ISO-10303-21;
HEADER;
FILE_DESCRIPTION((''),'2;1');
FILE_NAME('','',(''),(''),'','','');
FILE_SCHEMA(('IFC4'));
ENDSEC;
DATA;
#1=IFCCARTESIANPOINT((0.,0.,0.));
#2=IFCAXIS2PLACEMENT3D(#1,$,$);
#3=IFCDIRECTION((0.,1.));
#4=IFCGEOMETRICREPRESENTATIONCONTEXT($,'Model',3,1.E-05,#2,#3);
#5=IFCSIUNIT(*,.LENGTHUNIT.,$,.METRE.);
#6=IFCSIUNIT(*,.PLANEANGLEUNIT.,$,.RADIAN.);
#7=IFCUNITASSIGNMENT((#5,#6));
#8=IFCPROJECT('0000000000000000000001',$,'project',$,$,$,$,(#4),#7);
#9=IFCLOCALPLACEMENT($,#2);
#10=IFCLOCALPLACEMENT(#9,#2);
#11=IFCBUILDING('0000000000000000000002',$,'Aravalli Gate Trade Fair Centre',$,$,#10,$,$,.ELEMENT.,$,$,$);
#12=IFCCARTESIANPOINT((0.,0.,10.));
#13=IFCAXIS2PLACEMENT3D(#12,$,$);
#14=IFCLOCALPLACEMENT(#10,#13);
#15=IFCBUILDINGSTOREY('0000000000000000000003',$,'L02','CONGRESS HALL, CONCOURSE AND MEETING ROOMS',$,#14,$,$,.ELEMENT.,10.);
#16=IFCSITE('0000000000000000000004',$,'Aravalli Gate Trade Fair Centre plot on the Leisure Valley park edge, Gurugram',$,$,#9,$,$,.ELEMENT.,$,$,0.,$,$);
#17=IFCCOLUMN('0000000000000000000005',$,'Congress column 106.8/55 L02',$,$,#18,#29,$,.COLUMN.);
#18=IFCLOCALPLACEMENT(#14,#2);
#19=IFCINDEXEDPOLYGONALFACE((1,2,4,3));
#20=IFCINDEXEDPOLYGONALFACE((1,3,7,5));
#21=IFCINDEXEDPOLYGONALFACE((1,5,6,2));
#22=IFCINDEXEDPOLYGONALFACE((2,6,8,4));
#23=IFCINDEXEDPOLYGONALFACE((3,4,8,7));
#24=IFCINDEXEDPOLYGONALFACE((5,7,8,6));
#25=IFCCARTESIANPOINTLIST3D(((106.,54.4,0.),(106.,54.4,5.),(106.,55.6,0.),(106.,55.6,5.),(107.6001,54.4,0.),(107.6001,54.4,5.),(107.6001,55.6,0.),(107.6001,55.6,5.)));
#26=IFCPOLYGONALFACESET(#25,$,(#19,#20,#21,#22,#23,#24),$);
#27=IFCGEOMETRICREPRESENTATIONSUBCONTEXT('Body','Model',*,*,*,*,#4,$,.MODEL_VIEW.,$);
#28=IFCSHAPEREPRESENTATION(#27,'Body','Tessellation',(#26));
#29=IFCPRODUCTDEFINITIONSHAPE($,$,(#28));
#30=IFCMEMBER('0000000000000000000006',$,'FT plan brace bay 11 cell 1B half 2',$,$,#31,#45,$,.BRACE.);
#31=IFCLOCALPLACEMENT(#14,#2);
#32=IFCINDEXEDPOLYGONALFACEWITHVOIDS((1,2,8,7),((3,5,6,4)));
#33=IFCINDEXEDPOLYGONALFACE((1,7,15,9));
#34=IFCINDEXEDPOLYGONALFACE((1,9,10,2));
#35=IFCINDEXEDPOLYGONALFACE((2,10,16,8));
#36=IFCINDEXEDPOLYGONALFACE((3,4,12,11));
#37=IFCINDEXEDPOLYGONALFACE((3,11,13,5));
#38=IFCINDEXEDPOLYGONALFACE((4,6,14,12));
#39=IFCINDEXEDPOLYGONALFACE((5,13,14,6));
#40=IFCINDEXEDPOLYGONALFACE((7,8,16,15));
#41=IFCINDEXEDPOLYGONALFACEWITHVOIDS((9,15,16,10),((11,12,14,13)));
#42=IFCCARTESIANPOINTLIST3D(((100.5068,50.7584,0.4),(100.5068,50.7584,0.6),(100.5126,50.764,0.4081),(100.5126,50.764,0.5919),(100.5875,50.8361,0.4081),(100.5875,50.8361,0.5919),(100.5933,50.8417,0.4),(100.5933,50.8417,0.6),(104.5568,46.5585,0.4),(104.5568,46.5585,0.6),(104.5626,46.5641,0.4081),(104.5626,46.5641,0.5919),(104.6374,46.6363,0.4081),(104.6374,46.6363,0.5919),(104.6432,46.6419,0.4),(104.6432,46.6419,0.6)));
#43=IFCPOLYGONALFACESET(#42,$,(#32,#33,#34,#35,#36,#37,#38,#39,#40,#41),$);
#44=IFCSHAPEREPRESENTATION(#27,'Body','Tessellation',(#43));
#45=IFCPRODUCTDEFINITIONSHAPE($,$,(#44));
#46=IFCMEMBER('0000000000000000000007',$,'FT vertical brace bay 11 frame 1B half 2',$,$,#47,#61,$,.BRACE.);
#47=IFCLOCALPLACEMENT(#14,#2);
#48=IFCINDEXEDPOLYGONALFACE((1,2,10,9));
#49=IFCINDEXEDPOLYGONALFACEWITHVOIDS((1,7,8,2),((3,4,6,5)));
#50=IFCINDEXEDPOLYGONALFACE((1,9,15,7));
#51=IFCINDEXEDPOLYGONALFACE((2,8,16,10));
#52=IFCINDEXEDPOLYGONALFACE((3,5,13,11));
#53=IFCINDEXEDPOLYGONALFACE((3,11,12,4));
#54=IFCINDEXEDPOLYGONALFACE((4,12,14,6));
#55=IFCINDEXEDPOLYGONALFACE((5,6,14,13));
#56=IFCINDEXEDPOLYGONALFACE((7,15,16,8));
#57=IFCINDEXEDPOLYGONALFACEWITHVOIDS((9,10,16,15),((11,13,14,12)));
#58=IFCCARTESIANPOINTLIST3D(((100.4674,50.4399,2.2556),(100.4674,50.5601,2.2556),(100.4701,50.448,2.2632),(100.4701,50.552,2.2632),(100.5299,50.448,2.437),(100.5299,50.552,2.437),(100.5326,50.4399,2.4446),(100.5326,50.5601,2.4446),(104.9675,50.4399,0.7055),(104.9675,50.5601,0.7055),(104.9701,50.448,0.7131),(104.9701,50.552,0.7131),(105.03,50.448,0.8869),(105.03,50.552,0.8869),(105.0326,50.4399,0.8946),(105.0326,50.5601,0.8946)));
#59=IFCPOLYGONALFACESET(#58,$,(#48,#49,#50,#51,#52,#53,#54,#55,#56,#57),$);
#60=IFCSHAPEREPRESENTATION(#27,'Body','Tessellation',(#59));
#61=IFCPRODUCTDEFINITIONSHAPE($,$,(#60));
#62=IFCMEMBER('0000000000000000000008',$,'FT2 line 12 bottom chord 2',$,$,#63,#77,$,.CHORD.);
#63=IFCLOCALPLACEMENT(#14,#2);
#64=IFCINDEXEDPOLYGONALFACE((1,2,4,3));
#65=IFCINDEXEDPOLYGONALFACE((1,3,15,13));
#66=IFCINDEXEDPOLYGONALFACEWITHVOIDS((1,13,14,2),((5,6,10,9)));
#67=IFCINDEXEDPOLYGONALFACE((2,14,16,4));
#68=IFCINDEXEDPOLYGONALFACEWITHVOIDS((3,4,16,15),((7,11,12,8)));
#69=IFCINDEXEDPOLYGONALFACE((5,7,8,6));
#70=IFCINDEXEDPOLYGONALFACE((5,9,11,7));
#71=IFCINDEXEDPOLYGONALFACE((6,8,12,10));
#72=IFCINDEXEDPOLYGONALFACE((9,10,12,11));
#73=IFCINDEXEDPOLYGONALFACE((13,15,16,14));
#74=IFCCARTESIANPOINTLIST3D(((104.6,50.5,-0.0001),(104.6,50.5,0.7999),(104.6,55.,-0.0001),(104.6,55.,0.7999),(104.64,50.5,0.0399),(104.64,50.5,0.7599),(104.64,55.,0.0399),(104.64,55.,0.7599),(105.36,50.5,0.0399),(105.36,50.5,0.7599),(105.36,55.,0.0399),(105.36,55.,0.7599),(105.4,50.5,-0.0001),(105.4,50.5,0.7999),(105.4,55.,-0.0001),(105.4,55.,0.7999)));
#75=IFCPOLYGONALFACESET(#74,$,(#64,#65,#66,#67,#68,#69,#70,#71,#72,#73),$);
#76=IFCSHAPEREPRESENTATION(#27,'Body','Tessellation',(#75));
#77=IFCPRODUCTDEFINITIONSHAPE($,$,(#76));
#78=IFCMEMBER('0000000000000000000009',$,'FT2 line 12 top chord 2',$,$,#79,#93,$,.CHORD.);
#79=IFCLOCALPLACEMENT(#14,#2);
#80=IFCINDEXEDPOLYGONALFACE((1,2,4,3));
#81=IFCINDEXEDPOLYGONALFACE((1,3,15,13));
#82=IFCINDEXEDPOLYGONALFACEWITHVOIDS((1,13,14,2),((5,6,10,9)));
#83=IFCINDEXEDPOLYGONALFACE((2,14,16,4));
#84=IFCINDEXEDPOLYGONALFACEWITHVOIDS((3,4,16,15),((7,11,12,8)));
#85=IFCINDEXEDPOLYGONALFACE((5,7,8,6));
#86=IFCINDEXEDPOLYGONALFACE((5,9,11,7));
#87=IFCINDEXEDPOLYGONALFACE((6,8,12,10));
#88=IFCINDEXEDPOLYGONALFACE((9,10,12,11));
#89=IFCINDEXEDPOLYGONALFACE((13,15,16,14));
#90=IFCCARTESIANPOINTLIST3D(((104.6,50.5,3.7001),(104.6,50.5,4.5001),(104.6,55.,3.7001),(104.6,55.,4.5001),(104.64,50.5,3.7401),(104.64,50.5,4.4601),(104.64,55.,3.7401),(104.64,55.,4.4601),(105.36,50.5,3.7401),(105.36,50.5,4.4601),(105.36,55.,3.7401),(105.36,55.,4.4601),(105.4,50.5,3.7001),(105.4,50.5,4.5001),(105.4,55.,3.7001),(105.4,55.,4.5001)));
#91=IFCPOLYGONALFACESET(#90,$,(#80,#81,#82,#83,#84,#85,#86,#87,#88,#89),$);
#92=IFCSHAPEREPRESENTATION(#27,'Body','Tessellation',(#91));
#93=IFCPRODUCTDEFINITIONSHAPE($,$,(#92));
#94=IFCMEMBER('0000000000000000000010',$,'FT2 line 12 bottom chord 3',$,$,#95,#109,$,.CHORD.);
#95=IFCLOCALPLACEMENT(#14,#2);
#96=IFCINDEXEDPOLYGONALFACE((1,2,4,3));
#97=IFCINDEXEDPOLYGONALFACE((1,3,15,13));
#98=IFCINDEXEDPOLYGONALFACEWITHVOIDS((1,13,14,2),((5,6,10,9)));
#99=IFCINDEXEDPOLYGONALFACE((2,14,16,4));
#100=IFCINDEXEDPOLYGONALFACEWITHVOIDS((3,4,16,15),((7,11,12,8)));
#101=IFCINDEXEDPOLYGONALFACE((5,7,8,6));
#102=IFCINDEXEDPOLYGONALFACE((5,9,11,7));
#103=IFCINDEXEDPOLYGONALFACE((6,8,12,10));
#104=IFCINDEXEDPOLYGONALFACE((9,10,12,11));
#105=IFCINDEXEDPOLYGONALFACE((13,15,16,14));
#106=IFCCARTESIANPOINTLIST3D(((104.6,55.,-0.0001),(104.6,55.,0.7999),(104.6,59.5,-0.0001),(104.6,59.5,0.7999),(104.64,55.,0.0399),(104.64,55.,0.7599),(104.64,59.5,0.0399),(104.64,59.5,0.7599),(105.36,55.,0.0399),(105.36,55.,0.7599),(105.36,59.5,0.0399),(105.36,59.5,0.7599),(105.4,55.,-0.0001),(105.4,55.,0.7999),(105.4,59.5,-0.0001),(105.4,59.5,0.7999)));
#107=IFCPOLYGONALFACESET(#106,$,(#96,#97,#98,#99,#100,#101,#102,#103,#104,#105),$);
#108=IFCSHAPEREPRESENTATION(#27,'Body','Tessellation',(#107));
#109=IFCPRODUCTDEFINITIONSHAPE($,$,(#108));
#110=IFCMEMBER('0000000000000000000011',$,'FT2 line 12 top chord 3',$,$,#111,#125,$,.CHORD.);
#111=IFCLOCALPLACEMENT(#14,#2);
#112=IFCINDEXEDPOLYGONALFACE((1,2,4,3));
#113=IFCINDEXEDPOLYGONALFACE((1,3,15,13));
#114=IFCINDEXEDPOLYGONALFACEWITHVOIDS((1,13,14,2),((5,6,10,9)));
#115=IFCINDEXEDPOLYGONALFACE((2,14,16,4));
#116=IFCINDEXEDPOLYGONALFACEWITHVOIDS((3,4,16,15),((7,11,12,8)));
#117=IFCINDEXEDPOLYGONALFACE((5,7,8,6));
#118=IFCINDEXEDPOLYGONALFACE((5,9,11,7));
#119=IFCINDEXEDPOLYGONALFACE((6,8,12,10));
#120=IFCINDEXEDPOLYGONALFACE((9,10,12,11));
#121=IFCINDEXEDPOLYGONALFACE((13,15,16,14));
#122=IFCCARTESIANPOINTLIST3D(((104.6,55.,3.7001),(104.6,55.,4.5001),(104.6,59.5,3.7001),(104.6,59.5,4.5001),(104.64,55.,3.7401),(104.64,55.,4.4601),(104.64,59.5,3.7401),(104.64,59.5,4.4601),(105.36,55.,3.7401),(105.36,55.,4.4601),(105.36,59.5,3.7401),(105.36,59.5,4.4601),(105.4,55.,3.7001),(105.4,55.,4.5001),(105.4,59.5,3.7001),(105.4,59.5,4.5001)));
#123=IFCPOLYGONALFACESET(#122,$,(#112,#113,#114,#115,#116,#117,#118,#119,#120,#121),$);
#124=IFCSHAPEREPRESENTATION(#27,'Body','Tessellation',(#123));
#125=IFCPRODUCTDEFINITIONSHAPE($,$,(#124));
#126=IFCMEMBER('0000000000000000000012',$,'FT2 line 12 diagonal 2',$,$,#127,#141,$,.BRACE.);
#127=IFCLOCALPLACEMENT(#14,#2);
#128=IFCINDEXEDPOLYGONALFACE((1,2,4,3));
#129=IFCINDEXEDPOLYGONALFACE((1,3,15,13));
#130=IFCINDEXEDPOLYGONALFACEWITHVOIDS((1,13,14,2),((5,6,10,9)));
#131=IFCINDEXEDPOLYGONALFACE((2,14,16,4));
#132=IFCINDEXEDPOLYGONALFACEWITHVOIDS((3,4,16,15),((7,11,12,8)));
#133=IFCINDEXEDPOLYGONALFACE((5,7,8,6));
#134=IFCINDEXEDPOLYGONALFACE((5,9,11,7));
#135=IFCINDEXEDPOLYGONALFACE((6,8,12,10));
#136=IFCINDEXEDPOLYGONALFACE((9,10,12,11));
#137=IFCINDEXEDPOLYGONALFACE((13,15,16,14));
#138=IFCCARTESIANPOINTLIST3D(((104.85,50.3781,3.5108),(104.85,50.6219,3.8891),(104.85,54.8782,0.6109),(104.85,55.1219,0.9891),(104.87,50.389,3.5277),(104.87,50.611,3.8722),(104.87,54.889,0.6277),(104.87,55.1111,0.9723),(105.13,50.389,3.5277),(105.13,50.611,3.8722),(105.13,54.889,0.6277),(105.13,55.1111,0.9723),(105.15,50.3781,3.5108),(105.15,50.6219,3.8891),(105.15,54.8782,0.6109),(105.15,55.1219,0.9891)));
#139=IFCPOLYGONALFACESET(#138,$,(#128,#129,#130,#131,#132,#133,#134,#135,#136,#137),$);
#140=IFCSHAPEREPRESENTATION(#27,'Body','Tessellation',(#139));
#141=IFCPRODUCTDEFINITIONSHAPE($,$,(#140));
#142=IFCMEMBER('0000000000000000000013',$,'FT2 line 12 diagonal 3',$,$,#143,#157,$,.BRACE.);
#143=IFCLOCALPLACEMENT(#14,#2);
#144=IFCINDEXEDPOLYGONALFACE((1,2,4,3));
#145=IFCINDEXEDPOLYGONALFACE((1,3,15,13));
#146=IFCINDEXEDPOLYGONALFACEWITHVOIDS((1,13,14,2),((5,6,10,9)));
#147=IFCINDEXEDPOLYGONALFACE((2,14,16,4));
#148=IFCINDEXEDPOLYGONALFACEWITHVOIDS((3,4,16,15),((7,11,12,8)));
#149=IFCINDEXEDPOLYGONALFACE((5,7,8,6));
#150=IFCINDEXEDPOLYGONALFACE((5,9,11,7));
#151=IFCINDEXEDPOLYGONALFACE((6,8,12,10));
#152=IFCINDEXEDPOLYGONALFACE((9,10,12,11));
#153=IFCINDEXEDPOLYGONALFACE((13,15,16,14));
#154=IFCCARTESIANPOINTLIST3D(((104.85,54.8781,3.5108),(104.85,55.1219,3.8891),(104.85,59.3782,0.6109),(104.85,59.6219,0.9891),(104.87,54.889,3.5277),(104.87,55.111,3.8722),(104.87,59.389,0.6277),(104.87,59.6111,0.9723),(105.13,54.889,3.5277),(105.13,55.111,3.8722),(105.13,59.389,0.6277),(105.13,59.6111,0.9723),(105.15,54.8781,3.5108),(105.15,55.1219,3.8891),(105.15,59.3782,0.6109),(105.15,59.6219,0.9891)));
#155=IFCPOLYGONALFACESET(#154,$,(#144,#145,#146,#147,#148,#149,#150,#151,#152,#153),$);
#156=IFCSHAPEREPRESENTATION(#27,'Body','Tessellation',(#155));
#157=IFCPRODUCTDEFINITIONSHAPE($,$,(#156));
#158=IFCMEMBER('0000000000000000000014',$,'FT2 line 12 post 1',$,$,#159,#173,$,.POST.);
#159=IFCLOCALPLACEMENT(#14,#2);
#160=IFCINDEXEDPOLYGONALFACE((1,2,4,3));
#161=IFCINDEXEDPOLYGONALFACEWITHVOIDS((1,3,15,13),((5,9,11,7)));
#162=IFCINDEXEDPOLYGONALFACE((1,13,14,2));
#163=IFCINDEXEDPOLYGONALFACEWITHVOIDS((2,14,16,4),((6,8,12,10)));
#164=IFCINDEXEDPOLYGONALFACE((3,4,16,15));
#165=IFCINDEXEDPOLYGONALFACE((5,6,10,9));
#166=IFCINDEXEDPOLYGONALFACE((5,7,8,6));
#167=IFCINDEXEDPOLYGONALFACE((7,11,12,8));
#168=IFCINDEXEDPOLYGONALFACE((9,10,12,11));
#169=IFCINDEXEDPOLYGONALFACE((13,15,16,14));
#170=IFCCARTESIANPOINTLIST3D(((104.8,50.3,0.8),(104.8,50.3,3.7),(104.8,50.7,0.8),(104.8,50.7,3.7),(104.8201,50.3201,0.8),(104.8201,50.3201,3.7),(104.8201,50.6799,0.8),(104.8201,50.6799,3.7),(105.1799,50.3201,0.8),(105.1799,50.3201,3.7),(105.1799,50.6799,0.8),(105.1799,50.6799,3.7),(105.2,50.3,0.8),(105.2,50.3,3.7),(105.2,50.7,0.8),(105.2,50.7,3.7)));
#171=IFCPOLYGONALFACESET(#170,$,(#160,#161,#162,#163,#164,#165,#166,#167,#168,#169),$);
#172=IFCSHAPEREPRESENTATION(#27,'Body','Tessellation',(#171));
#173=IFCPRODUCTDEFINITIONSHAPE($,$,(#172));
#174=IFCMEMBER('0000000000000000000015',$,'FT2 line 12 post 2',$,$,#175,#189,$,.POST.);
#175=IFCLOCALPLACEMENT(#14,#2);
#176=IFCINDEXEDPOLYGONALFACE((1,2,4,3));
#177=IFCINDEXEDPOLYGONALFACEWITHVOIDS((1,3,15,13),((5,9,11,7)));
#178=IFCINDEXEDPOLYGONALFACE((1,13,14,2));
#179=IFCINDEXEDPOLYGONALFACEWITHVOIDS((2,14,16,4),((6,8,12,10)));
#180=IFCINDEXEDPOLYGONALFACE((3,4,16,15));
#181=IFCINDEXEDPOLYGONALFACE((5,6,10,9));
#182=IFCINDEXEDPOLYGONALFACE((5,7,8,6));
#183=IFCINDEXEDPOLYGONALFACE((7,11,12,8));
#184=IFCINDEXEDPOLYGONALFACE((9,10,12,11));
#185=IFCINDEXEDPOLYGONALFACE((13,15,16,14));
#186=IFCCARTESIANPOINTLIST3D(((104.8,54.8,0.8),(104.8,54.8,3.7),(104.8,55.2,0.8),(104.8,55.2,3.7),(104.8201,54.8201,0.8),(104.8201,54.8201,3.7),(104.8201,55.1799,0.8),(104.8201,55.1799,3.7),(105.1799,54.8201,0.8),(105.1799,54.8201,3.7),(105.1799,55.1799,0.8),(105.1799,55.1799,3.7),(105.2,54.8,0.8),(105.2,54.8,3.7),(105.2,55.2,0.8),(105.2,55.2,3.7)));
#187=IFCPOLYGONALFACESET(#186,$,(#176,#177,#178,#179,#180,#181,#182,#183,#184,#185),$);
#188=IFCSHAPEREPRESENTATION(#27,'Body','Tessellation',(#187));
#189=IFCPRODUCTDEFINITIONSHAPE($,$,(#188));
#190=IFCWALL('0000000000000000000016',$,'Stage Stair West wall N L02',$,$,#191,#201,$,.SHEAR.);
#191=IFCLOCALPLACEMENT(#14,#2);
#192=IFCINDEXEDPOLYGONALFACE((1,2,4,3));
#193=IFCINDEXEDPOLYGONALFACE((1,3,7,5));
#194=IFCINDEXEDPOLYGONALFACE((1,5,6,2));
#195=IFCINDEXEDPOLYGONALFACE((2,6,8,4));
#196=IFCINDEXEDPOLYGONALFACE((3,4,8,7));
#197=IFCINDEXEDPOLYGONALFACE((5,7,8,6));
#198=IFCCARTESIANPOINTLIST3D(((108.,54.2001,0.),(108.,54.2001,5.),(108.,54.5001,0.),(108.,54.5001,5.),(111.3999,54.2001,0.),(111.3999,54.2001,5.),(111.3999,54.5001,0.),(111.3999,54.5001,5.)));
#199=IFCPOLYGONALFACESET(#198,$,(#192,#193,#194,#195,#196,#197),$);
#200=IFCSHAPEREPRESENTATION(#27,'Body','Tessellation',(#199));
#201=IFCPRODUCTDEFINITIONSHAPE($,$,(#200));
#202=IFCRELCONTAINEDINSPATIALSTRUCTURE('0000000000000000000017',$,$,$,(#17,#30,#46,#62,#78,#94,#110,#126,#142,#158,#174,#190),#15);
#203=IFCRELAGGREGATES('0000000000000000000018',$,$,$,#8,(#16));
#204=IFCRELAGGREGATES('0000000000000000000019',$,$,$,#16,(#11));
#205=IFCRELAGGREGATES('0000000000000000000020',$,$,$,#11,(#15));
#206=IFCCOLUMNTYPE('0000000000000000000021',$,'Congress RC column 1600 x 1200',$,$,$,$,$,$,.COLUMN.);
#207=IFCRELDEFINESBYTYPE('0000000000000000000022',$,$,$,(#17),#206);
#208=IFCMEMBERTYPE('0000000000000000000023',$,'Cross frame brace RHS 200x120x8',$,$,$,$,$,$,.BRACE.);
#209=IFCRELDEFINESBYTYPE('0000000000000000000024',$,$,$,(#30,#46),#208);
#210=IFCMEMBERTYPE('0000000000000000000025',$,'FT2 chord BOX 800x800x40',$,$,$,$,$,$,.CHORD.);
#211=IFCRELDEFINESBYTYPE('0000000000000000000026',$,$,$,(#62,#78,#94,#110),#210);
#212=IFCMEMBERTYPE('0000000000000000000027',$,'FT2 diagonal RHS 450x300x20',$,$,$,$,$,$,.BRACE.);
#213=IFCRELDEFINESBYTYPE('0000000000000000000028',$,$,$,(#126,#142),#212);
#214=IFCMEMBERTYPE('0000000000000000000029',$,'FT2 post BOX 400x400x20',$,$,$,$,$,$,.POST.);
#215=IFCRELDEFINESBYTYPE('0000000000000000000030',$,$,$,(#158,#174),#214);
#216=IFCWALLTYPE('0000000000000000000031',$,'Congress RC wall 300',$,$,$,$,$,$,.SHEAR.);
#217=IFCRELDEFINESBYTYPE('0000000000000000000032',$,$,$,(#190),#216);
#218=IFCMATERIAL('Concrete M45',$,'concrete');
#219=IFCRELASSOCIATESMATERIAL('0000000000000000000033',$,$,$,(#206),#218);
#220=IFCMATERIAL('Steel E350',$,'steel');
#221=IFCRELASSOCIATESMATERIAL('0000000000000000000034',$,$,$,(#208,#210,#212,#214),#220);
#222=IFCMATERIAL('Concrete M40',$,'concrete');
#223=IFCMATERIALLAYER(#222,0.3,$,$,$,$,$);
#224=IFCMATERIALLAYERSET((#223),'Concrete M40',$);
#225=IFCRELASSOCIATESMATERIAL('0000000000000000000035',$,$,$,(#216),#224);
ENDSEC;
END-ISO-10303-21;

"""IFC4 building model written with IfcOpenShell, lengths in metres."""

from ifc_helpers import new_model, si_unit, direction, frame, frame_2d, origin, origin_2d, place, context, subcontext, project, spatial, rectangle, hollow_rectangle, extrude, material, layer, layer_set, material_profile, profile_set, type_object, element, save


model = new_model("IFC4")

# Units and contexts
model_context = context("Model", 3, precision=1e-05, world=origin(), true_north=direction((0.0, 1.0)))
body_context = subcontext(model_context, "Body", "Model", "MODEL_VIEW")
ifc_project = project(units=[si_unit("LENGTHUNIT", "METRE"), si_unit("PLANEANGLEUNIT", "RADIAN")], contexts=[model_context])

# Site, building, storey
site_placement = place(None, origin())
site = spatial("IfcSite", under=ifc_project, at=site_placement, Name="Aravalli Gate Trade Fair Centre plot on the Leisure Valley park edge, Gurugram", CompositionType="ELEMENT", RefElevation=0.0)
building_placement = place(site_placement, origin())
building = spatial("IfcBuilding", under=site, at=building_placement, Name="Aravalli Gate Trade Fair Centre", CompositionType="ELEMENT")
storey_placement = place(building_placement, frame((0.0, 0.0, 10.0)))
storey = spatial("IfcBuildingStorey", under=building, at=storey_placement, Name="L02", Description="CONGRESS HALL, CONCOURSE AND MEETING ROOMS", CompositionType="ELEMENT", Elevation=10.0)

# Column
ifc_material_1 = material(Name="Concrete M45", Category="concrete")
ifc_material_profile_1 = material_profile(ifc_material_1, rectangle(XDim=1.6001, YDim=1.2, at=origin_2d()), Name="RC 1600x1200")
ifc_profile_set_1 = profile_set([ifc_material_profile_1], Name="Concrete M45")
column_type = type_object("IfcColumnType", Name="Congress RC column 1600 x 1200", PredefinedType="COLUMN", material=ifc_profile_set_1)
column_placement = place(storey_placement, frame((106.8, 55.0, 0.0), z_axis=(0.0, 0.0, 1.0), x_axis=(1.0, 0.0, 0.0)))
element("IfcColumn", 1, at=column_placement, inside=storey, type_object=column_type, Name="Congress column 106.8/55 L02", PredefinedType="COLUMN", context=body_context, shape_type="SweptSolid", body=[
    extrude(rectangle(XDim=1.6001, YDim=1.2, at=origin_2d()), origin(), (0.0, 0.0, 1.0), 5.0),
])

# Members
ifc_material_2 = material(Name="Steel E350", Category="steel")
ifc_material_profile_2 = material_profile(ifc_material_2, hollow_rectangle(XDim=0.1201, YDim=0.2, WallThickness=0.0081, at=origin_2d()), Name="RHS 200x120x8")
ifc_profile_set_2 = profile_set([ifc_material_profile_2], Name="Steel E350")
member_type_1 = type_object("IfcMemberType", Name="Cross frame brace RHS 200x120x8", PredefinedType="BRACE", material=ifc_profile_set_2)
member_1_placement = place(storey_placement, frame((100.55, 50.8, 0.5), z_axis=(0.694144, -0.719836, 0.0), x_axis=(0.719836, 0.694144, 0.0)))
element("IfcMember", 2, at=member_1_placement, inside=storey, type_object=member_type_1, Name="FT plan brace bay 11 cell 1B half 2", PredefinedType="BRACE", context=body_context, shape_type="SweptSolid", body=[
    extrude(hollow_rectangle(XDim=0.1201, YDim=0.2, WallThickness=0.0081, at=origin_2d()), origin(), (0.0, 0.0, 1.0), 5.8345),
])
member_2_placement = place(storey_placement, frame((100.5, 50.5, 2.3501), z_axis=(0.945481, 0.0, -0.325676), x_axis=(0.0, 1.0, 0.0)))
element("IfcMember", 3, at=member_2_placement, inside=storey, type_object=member_type_1, Name="FT vertical brace bay 11 frame 1B half 2", PredefinedType="BRACE", context=body_context, shape_type="SweptSolid", body=[
    extrude(hollow_rectangle(XDim=0.1201, YDim=0.2, WallThickness=0.0081, at=origin_2d()), origin(), (0.0, 0.0, 1.0), 4.7595),
])
ifc_material_profile_3 = material_profile(ifc_material_2, hollow_rectangle(XDim=0.8, YDim=0.8, WallThickness=0.04, at=origin_2d()), Name="BOX 800x800x40")
ifc_profile_set_3 = profile_set([ifc_material_profile_3], Name="Steel E350")
member_type_2 = type_object("IfcMemberType", Name="FT2 chord BOX 800x800x40", PredefinedType="CHORD", material=ifc_profile_set_3)
for number, where, z_axis, x_axis, name in (
    (4, (105.0, 50.5, 0.3999), (0.0, 1.0, 0.0), (-1.0, 0.0, 0.0), "FT2 line 12 bottom chord 2"),
    (5, (105.0, 50.5, 4.1001), (0.0, 1.0, 0.0), (-1.0, 0.0, 0.0), "FT2 line 12 top chord 2"),
    (6, (105.0, 55.0, 0.3999), (0.0, 1.0, 0.0), (-1.0, 0.0, 0.0), "FT2 line 12 bottom chord 3"),
    (7, (105.0, 55.0, 4.1001), (0.0, 1.0, 0.0), (-1.0, 0.0, 0.0), "FT2 line 12 top chord 3"),
):
    element("IfcMember", number, at=place(storey_placement, frame(where, z_axis=z_axis, x_axis=x_axis)), inside=storey, type_object=member_type_2, Name=name, PredefinedType="CHORD", context=body_context, shape_type="SweptSolid", body=[
        extrude(hollow_rectangle(XDim=0.8, YDim=0.8, WallThickness=0.04, at=origin_2d()), origin(), (0.0, 0.0, 1.0), 4.5),
    ])
ifc_material_profile_4 = material_profile(ifc_material_2, hollow_rectangle(XDim=0.3, YDim=0.45, WallThickness=0.02, at=origin_2d()), Name="RHS 450x300x20")
ifc_profile_set_4 = profile_set([ifc_material_profile_4], Name="Steel E350")
member_type_3 = type_object("IfcMemberType", Name="FT2 diagonal RHS 450x300x20", PredefinedType="BRACE", material=ifc_profile_set_4)
for number, where, z_axis, x_axis, name in (
    (8, (105.0, 50.5, 3.7), (0.0, 0.840579, -0.541688), (-1.0, 0.0, 0.0), "FT2 line 12 diagonal 2"),
    (9, (105.0, 55.0, 3.7), (0.0, 0.840579, -0.541688), (-1.0, 0.0, 0.0), "FT2 line 12 diagonal 3"),
):
    element("IfcMember", number, at=place(storey_placement, frame(where, z_axis=z_axis, x_axis=x_axis)), inside=storey, type_object=member_type_3, Name=name, PredefinedType="BRACE", context=body_context, shape_type="SweptSolid", body=[
        extrude(hollow_rectangle(XDim=0.3, YDim=0.45, WallThickness=0.02, at=origin_2d()), origin(), (0.0, 0.0, 1.0), 5.3535),
    ])
ifc_material_profile_5 = material_profile(ifc_material_2, hollow_rectangle(XDim=0.3999, YDim=0.3999, WallThickness=0.02, at=origin_2d()), Name="BOX 400x400x20")
ifc_profile_set_5 = profile_set([ifc_material_profile_5], Name="Steel E350")
member_type_4 = type_object("IfcMemberType", Name="FT2 post BOX 400x400x20", PredefinedType="POST", material=ifc_profile_set_5)
for number, where, z_axis, x_axis, name in (
    (10, (105.0, 50.5, 0.8), (0.0, 0.0, 1.0), (1.0, 0.0, 0.0), "FT2 line 12 post 1"),
    (11, (105.0, 55.0, 0.8), (0.0, 0.0, 1.0), (1.0, 0.0, 0.0), "FT2 line 12 post 2"),
):
    element("IfcMember", number, at=place(storey_placement, frame(where, z_axis=z_axis, x_axis=x_axis)), inside=storey, type_object=member_type_4, Name=name, PredefinedType="POST", context=body_context, shape_type="SweptSolid", body=[
        extrude(hollow_rectangle(XDim=0.3999, YDim=0.3999, WallThickness=0.02, at=origin_2d()), origin(), (0.0, 0.0, 1.0), 2.8999),
    ])

# Wall
ifc_material_3 = material(Name="Concrete M40", Category="concrete")
ifc_layer_1 = layer(ifc_material_3, 0.3)
ifc_layer_set_1 = layer_set([ifc_layer_1], Name="Concrete M40")
wall_type_1 = type_object("IfcWallType", Name="Congress RC wall 300", PredefinedType="SHEAR", material=ifc_layer_set_1)
wall_1_placement = place(storey_placement, frame((108.0, 54.3501, 0.0), z_axis=(0.0, 0.0, 1.0), x_axis=(1.0, 0.0, 0.0)))
element("IfcWall", 12, at=wall_1_placement, inside=storey, type_object=wall_type_1, Name="Stage Stair West wall N L02", PredefinedType="SHEAR", context=body_context, shape_type="SweptSolid", body=[
    extrude(rectangle(XDim=3.3999, YDim=0.3, at=frame_2d((1.7, 0.0))), origin(), (0.0, 0.0, 1.0), 5.0),
])

save(model, "model.ifc")
